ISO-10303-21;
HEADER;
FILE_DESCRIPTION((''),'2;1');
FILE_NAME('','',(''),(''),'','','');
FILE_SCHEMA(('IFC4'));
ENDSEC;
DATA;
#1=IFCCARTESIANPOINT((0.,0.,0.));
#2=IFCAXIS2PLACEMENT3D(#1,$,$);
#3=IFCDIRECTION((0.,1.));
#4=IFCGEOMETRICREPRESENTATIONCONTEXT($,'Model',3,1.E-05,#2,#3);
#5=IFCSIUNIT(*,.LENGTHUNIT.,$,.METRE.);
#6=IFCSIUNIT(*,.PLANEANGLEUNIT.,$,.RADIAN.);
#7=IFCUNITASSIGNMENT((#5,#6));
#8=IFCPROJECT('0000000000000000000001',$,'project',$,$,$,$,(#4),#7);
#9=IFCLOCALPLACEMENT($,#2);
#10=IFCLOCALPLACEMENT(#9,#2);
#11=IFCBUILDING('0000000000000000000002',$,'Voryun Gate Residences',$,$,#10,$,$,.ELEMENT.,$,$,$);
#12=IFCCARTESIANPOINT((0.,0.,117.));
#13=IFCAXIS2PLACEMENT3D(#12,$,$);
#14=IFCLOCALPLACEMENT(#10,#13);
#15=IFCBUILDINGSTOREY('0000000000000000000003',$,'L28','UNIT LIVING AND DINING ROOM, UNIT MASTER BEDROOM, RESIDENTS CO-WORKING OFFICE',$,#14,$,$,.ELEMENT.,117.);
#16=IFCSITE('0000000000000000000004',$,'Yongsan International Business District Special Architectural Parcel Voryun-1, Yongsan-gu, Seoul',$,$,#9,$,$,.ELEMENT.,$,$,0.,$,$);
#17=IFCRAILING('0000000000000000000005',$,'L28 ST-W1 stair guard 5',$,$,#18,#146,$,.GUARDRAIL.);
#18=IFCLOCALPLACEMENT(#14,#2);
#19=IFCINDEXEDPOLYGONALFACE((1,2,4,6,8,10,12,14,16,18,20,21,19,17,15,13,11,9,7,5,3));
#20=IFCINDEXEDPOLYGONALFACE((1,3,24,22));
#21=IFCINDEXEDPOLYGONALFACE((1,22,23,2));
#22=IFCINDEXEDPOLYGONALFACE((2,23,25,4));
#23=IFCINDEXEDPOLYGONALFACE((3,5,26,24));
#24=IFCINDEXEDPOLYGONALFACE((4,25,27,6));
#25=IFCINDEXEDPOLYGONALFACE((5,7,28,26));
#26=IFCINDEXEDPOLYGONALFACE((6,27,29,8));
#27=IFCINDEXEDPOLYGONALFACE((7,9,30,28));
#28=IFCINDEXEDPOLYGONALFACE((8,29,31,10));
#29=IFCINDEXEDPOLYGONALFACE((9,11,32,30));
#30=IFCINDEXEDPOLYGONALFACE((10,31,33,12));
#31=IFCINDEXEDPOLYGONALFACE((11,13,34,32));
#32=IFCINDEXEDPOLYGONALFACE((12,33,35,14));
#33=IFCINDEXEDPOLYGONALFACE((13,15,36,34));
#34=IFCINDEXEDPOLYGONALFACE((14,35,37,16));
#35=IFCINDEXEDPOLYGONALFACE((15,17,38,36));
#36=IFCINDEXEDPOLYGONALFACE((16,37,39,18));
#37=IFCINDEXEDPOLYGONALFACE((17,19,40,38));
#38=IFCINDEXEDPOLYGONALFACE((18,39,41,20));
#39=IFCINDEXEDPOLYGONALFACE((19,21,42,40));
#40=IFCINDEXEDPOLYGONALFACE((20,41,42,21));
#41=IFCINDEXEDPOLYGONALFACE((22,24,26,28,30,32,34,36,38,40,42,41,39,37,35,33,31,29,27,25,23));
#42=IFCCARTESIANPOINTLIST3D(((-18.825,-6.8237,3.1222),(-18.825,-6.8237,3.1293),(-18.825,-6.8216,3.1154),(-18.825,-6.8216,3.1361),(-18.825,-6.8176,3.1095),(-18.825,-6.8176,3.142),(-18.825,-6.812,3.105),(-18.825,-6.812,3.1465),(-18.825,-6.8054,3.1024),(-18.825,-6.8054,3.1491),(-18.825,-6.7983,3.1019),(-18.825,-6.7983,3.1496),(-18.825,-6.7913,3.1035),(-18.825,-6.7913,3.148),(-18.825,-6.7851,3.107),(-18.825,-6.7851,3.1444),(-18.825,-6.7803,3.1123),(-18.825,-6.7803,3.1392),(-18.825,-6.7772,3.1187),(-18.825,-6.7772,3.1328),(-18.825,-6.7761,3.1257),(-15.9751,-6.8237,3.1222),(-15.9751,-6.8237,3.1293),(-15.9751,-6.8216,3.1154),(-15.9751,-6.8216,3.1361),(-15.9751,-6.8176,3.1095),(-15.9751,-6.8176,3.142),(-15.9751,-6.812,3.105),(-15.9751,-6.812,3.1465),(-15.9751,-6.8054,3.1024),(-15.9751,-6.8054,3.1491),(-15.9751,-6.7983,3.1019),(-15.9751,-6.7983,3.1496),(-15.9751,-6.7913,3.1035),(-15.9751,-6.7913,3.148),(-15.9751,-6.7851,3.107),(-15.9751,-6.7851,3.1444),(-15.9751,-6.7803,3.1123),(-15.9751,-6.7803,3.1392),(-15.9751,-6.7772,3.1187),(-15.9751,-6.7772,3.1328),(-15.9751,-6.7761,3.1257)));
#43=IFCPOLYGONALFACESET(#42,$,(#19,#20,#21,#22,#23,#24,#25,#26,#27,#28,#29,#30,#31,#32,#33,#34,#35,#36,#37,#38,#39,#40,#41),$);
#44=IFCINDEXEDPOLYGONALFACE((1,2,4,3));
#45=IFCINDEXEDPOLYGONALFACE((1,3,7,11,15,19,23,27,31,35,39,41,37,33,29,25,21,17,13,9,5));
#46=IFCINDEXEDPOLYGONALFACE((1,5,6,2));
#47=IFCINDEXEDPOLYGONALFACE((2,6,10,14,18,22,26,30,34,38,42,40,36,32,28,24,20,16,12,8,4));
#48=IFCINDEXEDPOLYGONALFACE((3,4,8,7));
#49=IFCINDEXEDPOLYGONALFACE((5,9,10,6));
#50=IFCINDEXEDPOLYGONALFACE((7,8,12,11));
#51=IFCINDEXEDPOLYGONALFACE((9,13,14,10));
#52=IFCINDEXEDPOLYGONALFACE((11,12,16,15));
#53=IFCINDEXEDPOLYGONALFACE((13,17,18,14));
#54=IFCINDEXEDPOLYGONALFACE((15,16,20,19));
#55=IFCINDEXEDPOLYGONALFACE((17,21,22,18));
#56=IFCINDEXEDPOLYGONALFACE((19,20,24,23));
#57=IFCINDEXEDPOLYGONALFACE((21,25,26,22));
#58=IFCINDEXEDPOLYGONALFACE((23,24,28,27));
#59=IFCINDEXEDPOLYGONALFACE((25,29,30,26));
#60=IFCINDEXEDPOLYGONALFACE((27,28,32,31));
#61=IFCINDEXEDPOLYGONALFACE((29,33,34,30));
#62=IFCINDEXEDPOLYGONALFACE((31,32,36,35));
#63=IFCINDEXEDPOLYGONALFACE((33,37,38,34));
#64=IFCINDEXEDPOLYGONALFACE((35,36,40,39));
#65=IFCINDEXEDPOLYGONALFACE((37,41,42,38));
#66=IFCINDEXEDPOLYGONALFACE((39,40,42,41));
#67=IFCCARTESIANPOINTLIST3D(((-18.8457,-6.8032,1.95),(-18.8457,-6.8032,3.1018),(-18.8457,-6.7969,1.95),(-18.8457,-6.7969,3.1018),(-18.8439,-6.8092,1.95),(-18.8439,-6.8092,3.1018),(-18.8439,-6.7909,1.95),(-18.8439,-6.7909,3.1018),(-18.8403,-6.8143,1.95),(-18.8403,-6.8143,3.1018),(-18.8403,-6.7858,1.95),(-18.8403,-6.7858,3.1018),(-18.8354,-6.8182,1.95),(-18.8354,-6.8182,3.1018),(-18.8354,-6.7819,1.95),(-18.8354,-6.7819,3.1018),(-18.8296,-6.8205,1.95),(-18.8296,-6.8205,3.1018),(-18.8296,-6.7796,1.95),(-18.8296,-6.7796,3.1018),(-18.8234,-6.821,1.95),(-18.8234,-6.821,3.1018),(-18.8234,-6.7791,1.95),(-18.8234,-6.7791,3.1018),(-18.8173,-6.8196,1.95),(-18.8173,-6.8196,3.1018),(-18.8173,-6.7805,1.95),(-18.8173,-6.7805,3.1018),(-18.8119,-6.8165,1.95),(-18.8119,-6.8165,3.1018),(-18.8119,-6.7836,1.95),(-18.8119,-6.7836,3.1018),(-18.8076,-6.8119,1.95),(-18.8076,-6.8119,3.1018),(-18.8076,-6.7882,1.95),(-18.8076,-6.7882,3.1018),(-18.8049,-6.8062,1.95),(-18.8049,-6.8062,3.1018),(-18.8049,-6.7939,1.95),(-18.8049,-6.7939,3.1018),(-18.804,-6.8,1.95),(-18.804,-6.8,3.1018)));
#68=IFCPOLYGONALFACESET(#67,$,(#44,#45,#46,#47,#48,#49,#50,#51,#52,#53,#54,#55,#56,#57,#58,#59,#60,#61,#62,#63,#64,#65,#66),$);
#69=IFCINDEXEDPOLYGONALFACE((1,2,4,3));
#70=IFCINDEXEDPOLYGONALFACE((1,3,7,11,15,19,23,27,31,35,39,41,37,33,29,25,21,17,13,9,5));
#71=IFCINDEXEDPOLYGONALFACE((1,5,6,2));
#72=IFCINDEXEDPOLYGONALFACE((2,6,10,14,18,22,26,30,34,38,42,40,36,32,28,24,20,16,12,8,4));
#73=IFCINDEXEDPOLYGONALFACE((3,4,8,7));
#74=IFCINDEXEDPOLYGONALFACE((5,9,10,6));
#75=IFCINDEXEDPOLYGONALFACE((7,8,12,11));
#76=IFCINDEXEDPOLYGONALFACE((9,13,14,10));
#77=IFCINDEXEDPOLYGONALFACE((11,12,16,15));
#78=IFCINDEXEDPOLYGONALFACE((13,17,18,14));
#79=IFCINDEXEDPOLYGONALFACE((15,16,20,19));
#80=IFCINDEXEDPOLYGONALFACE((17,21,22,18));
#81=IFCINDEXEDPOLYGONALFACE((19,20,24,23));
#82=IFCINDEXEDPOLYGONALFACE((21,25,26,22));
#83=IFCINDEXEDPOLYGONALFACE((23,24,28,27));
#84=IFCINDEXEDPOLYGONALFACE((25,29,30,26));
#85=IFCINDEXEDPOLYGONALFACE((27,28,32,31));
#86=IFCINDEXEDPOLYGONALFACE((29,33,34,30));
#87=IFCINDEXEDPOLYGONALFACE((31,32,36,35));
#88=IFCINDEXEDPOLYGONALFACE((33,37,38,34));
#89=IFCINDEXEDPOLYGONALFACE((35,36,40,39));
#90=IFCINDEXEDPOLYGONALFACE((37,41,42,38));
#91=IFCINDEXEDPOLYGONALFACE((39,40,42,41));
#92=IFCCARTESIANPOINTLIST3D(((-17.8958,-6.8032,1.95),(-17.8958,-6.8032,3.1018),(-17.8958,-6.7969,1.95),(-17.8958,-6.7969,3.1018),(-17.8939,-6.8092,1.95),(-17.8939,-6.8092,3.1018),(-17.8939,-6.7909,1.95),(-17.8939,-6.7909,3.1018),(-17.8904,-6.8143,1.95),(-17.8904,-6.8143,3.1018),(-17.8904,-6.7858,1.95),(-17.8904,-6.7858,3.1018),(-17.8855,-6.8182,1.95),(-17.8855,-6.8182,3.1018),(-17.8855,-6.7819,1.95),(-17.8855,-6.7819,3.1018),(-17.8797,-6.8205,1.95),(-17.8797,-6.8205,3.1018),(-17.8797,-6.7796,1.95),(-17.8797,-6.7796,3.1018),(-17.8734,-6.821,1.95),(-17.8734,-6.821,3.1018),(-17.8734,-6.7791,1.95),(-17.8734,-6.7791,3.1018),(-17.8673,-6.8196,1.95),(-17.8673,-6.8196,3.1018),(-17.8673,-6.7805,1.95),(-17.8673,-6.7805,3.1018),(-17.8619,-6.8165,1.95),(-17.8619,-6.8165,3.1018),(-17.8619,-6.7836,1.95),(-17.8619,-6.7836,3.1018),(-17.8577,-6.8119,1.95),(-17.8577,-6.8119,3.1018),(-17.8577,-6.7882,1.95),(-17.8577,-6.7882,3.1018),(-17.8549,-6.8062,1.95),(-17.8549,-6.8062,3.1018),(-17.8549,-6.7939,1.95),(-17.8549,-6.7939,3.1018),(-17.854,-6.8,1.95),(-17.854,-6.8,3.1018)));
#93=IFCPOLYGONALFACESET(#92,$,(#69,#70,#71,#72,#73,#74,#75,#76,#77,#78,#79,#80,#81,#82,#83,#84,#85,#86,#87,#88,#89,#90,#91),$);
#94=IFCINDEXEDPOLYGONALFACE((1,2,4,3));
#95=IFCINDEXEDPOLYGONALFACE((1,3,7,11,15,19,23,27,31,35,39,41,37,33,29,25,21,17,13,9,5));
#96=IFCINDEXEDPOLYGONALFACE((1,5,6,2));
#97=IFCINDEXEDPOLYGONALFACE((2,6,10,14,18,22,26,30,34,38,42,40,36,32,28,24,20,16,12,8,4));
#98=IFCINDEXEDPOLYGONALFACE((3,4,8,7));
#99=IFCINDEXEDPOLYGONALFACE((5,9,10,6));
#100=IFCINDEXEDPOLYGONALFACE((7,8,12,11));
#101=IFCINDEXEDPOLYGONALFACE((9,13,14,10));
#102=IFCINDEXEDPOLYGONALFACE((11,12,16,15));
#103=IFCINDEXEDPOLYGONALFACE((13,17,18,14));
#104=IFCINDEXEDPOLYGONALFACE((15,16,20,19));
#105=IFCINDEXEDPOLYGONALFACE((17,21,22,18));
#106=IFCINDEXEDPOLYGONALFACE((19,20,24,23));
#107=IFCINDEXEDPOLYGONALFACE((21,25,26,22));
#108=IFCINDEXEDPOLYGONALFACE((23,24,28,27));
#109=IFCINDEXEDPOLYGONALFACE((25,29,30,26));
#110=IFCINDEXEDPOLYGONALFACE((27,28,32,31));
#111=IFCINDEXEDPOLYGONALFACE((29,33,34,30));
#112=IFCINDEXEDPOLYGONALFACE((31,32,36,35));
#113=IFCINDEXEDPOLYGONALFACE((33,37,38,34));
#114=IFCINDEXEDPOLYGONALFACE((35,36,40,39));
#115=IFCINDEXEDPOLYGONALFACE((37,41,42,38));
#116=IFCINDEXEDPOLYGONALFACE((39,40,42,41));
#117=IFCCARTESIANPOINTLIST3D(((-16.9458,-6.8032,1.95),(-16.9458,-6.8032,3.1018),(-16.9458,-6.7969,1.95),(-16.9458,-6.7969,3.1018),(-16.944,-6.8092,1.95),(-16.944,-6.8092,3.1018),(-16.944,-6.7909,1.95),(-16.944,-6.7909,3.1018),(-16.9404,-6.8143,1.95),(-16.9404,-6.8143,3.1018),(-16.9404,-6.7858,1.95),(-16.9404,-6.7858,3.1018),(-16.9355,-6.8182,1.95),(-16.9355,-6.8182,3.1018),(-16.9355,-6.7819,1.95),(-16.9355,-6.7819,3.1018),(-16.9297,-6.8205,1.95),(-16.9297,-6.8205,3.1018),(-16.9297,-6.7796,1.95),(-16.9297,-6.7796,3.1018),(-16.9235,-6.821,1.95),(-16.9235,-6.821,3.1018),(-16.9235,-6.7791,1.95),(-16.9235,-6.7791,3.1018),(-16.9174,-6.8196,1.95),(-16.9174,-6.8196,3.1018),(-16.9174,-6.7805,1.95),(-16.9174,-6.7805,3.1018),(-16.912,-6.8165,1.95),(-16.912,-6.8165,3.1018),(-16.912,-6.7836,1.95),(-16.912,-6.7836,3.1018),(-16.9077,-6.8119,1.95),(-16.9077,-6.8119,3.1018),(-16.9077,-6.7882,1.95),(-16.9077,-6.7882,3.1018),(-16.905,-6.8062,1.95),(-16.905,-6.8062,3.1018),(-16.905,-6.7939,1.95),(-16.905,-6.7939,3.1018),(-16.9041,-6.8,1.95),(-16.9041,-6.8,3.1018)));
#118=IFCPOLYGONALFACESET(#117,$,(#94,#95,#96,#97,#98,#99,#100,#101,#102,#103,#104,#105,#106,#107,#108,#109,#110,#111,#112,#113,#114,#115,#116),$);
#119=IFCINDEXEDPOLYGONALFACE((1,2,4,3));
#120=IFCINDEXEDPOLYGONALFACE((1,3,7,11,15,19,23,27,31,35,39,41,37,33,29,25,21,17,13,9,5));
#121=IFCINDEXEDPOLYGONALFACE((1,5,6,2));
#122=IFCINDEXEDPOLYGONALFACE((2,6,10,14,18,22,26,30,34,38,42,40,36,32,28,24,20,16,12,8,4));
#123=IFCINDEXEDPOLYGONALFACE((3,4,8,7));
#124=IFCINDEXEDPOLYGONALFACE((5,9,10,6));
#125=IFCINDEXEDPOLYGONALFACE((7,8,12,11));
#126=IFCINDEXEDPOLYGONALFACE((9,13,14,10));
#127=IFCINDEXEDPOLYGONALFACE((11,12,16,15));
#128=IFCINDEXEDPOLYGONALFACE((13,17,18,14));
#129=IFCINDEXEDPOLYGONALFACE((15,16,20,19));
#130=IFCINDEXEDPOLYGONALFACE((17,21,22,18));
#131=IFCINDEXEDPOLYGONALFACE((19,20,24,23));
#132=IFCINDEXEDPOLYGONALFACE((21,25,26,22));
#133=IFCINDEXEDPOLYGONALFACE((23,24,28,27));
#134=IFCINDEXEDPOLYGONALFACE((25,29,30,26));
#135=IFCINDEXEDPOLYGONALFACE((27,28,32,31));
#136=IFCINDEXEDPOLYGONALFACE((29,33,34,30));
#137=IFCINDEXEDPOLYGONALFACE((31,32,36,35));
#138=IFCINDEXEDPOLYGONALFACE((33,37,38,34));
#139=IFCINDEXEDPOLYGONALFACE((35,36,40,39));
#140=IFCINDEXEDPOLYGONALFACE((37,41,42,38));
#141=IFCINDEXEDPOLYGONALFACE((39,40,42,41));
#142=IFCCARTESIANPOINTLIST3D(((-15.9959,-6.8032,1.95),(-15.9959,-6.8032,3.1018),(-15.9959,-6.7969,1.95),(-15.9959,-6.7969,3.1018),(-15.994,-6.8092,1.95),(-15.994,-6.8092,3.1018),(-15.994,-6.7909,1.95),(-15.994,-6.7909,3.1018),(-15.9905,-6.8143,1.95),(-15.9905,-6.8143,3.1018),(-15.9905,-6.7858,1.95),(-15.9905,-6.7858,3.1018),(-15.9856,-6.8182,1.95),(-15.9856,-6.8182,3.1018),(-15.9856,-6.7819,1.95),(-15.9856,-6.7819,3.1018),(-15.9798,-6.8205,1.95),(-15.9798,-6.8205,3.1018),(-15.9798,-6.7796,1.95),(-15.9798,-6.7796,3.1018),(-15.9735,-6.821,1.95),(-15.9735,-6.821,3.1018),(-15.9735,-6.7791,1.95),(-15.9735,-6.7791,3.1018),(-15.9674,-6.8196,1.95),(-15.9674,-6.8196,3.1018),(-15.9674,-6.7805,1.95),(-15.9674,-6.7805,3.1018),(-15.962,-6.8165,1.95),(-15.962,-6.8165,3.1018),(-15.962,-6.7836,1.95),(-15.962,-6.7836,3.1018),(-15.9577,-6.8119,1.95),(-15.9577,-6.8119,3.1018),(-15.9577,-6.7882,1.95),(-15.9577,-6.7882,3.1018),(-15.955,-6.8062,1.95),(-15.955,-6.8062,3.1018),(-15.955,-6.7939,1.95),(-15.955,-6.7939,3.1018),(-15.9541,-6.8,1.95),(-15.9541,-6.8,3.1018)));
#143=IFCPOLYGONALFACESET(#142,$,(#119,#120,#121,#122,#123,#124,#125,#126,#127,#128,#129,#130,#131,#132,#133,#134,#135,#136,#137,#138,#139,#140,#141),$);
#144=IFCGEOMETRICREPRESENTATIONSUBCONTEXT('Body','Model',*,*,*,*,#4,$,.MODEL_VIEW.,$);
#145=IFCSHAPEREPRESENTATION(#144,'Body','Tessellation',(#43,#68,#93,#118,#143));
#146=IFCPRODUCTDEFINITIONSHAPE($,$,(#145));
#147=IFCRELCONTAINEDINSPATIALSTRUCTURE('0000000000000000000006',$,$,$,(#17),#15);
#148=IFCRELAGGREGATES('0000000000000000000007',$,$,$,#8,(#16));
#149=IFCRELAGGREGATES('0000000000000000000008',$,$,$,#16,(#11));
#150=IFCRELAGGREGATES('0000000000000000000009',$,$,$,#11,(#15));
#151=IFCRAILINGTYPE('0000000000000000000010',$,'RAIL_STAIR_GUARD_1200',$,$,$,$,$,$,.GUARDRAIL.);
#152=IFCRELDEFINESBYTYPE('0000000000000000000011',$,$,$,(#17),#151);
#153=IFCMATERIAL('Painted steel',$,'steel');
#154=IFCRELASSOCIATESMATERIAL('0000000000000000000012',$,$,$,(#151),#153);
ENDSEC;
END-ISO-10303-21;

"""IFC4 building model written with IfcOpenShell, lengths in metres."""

from ifc_helpers import new_model, si_unit, direction, frame, origin, origin_2d, place, context, subcontext, project, spatial, circle, extrude, material, type_object, element, save


model = new_model("IFC4")

# Units and contexts
model_context = context("Model", 3, precision=1e-05, world=origin(), true_north=direction((0.0, 1.0)))
body_context = subcontext(model_context, "Body", "Model", "MODEL_VIEW")
ifc_project = project(units=[si_unit("LENGTHUNIT", "METRE"), si_unit("PLANEANGLEUNIT", "RADIAN")], contexts=[model_context])

# Site, building, storey
site_placement = place(None, origin())
site = spatial("IfcSite", under=ifc_project, at=site_placement, Name="Yongsan International Business District Special Architectural Parcel Voryun-1, Yongsan-gu, Seoul", CompositionType="ELEMENT", RefElevation=0.0)
building_placement = place(site_placement, origin())
building = spatial("IfcBuilding", under=site, at=building_placement, Name="Voryun Gate Residences", CompositionType="ELEMENT")
storey_placement = place(building_placement, frame((0.0, 0.0, 117.0)))
storey = spatial("IfcBuildingStorey", under=building, at=storey_placement, Name="L28", Description="UNIT LIVING AND DINING ROOM, UNIT MASTER BEDROOM, RESIDENTS CO-WORKING OFFICE", CompositionType="ELEMENT", Elevation=117.0)

# Railing
ifc_material_1 = material(Name="Painted steel", Category="steel")
railing_type_1 = type_object("IfcRailingType", Name="RAIL_STAIR_GUARD_1200", PredefinedType="GUARDRAIL", material=ifc_material_1)
railing_1_placement = place(storey_placement, frame((-18.825, -6.8, 1.95)))
element("IfcRailing", 1, at=railing_1_placement, inside=storey, type_object=railing_type_1, Name="L28 ST-W1 stair guard 5", PredefinedType="GUARDRAIL", context=body_context, shape_type="SweptSolid", body=[
    extrude(circle(Radius=0.0239, at=origin_2d()), frame((0.0, 0.0, 1.1758), z_axis=(1.0, 0.0, 0.0), x_axis=(0.0, 1.0, 0.0)), (0.0, 0.0, 1.0), 2.8499),
    extrude(circle(Radius=0.021, at=origin_2d()), origin(), (0.0, 0.0, 1.0), 1.1519),
    extrude(circle(Radius=0.021, at=origin_2d()), frame((0.95, 0.0, 0.0)), (0.0, 0.0, 1.0), 1.1519),
    extrude(circle(Radius=0.021, at=origin_2d()), frame((1.8999, 0.0, 0.0)), (0.0, 0.0, 1.0), 1.1519),
    extrude(circle(Radius=0.021, at=origin_2d()), frame((2.8499, 0.0, 0.0)), (0.0, 0.0, 1.0), 1.1519),
])

save(model, "model.ifc")
